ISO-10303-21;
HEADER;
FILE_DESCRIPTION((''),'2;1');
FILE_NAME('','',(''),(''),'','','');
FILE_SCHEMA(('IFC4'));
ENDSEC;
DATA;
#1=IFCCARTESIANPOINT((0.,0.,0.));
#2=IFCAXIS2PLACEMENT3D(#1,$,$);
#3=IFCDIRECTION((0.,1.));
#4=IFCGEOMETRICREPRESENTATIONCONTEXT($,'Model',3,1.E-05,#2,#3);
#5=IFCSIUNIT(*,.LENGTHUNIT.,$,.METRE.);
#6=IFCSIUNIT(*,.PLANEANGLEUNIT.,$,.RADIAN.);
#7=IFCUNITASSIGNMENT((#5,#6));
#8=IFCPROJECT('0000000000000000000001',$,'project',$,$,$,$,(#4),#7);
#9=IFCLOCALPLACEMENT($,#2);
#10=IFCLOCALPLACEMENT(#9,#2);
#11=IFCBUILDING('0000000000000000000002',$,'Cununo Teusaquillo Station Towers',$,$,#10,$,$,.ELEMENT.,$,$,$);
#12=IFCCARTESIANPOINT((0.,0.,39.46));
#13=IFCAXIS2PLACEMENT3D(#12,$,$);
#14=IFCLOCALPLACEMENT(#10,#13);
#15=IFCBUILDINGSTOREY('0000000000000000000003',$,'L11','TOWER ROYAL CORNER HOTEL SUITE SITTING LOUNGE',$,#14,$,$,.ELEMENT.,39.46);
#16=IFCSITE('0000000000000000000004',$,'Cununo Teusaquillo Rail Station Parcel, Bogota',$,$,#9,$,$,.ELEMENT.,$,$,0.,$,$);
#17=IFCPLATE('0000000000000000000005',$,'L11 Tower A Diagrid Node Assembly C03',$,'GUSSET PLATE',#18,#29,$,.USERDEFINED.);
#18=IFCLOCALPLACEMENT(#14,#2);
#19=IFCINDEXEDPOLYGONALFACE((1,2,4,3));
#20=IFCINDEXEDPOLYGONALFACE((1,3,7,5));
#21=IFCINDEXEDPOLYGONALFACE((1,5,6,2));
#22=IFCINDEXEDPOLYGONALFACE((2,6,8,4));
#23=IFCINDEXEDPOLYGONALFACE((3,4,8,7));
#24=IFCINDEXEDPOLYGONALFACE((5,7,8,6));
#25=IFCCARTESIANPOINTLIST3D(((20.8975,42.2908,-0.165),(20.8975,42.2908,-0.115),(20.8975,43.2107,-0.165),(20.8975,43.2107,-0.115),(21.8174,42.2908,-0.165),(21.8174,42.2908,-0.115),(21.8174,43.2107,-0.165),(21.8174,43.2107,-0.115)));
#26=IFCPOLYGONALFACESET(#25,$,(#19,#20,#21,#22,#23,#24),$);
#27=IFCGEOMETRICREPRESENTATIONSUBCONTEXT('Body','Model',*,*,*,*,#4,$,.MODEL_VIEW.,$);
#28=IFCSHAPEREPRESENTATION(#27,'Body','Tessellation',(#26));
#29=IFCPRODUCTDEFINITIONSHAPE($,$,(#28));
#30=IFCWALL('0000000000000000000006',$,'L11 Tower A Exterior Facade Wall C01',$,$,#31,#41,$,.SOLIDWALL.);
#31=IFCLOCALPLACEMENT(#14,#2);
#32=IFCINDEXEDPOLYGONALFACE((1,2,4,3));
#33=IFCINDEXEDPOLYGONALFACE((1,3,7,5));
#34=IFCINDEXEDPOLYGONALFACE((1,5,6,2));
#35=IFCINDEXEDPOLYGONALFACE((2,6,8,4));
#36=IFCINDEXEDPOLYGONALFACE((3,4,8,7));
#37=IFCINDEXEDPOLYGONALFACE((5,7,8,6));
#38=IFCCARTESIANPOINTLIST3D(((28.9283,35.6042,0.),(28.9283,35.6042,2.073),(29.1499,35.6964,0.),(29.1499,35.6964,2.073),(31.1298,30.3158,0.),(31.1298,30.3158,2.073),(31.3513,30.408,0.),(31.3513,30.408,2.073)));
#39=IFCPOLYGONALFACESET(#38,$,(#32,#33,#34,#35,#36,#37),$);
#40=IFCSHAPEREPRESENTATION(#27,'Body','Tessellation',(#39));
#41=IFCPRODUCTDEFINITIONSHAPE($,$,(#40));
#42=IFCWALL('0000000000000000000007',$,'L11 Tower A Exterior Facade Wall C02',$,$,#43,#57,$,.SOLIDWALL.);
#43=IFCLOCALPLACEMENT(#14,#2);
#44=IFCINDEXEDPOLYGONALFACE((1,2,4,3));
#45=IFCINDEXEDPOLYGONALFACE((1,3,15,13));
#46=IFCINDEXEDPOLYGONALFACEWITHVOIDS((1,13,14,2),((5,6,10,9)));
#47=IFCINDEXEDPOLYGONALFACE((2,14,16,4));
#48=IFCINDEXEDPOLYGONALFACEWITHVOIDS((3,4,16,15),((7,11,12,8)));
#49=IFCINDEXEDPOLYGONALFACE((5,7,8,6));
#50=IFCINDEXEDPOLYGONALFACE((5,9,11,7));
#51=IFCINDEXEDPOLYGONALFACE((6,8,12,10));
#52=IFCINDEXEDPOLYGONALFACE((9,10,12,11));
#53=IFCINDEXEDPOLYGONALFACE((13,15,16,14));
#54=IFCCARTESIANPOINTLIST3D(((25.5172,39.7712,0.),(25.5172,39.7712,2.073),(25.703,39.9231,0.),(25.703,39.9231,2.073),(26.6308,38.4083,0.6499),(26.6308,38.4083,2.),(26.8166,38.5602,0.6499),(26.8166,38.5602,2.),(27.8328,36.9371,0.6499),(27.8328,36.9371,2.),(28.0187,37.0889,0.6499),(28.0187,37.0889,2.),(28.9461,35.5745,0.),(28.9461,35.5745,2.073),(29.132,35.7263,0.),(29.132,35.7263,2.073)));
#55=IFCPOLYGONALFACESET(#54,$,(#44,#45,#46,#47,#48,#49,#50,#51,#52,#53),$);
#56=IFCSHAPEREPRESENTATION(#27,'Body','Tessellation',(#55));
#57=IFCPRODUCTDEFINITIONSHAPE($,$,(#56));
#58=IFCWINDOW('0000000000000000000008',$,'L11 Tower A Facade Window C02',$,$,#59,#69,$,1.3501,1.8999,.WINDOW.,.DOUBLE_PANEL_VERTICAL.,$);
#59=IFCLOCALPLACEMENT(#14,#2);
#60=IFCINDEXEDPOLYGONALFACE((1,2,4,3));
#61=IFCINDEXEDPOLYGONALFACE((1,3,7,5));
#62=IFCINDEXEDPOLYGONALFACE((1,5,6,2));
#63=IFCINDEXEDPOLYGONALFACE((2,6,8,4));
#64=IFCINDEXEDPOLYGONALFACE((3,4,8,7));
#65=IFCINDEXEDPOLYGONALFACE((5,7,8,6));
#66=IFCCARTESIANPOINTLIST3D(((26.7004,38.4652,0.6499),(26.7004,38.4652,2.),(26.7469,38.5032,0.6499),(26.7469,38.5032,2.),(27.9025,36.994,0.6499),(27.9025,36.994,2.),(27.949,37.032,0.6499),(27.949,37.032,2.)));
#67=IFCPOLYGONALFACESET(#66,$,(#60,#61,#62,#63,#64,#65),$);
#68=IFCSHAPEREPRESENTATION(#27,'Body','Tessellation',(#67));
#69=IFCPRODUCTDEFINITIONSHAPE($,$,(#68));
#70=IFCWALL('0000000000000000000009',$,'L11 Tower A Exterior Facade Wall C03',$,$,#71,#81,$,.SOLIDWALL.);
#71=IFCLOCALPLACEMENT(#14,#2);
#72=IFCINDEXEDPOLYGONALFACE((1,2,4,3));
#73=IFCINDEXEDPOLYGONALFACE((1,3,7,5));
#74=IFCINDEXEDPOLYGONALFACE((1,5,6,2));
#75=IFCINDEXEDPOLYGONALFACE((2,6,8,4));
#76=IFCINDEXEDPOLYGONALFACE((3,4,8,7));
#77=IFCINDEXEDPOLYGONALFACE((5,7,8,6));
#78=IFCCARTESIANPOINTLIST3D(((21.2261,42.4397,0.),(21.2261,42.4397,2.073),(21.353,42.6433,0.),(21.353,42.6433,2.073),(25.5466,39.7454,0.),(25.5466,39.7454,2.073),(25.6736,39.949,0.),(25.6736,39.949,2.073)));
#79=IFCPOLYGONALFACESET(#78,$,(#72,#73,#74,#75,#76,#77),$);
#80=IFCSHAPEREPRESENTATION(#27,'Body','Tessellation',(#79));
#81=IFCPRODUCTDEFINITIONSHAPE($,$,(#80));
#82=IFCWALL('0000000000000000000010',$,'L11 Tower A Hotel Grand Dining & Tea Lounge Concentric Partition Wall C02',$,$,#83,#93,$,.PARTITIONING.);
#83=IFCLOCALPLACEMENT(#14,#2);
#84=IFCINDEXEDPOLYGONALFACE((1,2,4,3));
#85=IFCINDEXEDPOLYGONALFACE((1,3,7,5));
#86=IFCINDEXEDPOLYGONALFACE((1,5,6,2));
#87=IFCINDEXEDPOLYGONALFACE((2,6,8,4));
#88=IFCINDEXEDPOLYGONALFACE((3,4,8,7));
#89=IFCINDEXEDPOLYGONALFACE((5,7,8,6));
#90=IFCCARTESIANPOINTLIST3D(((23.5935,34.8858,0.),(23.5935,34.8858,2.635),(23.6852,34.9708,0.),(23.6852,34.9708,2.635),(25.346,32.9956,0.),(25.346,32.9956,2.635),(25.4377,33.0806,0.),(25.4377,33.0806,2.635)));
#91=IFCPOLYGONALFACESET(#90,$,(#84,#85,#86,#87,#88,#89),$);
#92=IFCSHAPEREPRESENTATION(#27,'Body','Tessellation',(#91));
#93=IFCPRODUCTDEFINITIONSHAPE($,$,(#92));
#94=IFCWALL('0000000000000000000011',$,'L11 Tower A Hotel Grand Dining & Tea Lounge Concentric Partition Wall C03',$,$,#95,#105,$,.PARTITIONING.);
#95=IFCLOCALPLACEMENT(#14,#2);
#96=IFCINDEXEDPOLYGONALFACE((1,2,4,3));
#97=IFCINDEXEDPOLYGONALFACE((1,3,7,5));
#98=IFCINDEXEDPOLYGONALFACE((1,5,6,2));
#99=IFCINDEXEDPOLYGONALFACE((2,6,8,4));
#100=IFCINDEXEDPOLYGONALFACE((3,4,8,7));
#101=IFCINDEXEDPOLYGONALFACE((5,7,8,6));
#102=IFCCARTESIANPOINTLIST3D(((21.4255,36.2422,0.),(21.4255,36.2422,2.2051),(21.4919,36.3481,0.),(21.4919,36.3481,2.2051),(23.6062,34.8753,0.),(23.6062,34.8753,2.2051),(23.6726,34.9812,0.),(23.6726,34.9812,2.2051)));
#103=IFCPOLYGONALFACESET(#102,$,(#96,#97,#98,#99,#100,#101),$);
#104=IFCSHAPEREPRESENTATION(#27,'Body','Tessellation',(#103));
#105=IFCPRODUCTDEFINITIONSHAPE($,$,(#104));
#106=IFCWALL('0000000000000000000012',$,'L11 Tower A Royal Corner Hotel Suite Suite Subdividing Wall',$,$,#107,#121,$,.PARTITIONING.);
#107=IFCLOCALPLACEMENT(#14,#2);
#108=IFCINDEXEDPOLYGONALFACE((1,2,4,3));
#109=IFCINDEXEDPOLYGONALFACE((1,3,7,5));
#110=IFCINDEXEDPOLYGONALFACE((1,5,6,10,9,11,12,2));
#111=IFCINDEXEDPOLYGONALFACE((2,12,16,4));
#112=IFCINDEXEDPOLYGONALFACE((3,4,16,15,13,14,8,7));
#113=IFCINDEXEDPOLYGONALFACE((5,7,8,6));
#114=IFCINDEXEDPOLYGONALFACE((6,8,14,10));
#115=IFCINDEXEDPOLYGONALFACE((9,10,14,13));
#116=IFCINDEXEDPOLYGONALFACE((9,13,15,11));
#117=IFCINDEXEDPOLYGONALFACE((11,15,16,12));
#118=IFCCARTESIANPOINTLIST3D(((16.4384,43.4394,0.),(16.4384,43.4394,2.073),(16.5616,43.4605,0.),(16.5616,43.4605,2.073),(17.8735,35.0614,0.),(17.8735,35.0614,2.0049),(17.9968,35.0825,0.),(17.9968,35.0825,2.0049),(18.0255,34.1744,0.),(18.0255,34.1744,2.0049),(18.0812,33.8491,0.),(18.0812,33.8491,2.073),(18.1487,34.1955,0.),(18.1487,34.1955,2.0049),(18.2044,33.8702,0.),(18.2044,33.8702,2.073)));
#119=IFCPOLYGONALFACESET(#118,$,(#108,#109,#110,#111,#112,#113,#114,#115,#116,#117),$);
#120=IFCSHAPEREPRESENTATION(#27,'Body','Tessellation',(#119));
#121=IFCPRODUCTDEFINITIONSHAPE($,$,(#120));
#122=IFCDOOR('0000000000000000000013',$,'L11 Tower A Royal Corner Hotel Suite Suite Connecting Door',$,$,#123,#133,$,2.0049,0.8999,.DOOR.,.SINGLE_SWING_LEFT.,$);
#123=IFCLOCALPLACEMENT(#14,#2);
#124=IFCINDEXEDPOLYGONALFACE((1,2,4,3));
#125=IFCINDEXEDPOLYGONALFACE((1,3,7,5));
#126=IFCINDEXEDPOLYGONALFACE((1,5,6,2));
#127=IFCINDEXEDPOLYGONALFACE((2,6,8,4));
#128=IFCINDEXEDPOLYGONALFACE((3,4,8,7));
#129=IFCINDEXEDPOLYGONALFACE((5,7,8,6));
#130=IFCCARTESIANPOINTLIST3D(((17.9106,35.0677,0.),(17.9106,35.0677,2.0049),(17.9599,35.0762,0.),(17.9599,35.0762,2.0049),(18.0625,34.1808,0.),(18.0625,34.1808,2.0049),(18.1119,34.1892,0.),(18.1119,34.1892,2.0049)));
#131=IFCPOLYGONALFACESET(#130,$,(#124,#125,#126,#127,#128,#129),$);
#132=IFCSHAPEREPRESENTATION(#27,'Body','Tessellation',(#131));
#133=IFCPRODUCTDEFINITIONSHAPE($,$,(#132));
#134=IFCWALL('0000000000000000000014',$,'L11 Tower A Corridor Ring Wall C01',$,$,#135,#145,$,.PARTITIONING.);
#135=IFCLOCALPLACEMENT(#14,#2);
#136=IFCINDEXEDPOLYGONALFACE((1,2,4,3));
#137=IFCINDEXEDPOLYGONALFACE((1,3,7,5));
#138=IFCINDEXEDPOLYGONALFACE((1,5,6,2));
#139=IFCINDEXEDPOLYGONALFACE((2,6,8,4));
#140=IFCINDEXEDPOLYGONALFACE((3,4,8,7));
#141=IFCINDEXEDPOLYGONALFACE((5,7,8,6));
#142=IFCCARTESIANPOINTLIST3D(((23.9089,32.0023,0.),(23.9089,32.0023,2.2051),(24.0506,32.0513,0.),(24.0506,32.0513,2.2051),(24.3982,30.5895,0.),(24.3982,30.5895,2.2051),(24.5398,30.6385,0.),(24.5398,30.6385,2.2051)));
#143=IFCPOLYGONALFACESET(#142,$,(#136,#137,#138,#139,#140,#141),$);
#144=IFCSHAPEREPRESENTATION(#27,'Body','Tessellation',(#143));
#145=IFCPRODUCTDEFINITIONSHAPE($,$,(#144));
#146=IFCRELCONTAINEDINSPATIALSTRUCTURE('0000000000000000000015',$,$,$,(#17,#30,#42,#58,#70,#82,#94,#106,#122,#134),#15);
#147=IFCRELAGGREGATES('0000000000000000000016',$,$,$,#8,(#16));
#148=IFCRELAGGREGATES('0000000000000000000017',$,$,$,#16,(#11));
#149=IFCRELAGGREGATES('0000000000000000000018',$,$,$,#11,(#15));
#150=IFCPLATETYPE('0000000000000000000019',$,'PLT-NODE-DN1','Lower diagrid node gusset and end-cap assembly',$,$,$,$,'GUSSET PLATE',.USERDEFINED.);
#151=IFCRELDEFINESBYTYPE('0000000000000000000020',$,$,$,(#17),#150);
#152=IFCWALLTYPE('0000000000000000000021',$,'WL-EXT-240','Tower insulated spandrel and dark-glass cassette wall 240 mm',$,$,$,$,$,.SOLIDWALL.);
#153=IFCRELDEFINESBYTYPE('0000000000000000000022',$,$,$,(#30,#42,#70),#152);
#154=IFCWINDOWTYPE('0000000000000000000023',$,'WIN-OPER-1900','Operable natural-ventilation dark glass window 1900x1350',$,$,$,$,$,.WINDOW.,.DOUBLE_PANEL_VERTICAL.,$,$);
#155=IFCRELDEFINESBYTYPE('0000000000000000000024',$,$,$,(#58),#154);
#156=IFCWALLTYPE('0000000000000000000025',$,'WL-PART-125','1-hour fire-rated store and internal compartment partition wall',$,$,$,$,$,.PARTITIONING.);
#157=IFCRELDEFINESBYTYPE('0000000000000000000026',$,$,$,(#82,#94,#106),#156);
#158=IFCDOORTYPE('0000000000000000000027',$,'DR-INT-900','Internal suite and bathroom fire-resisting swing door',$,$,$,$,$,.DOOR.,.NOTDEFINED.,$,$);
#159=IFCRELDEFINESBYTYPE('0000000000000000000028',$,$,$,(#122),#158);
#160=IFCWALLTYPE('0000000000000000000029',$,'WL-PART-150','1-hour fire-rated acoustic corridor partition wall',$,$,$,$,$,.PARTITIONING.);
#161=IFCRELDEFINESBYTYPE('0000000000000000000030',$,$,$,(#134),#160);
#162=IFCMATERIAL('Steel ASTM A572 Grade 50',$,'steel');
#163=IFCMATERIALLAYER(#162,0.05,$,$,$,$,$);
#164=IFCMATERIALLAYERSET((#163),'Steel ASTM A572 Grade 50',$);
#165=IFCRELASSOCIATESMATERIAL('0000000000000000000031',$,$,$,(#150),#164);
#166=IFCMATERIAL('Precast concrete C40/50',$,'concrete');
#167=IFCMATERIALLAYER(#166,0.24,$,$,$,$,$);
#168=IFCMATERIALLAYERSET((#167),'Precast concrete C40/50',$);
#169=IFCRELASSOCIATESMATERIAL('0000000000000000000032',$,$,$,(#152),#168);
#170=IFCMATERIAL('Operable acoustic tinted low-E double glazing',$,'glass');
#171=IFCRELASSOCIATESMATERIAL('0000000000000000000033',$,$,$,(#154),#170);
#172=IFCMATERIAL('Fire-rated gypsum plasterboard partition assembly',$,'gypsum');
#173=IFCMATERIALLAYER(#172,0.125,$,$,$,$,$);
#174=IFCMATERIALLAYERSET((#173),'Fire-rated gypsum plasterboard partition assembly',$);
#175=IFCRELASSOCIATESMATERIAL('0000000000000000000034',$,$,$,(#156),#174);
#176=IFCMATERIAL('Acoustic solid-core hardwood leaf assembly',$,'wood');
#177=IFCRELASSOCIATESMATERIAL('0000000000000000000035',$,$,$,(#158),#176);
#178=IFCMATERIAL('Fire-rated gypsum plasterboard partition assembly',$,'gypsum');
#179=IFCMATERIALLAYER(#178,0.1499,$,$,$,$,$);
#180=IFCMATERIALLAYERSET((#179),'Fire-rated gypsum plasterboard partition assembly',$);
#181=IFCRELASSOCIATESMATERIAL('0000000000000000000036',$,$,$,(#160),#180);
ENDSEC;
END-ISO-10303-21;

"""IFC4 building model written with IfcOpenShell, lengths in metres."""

from ifc_helpers import new_model, si_unit, direction, frame, frame_2d, origin, origin_2d, place, context, subcontext, project, spatial, rectangle, extrude, source, transform, mapped, material, layer, layer_set, type_object, element, fill, save


model = new_model("IFC4")

# Units and contexts
model_context = context("Model", 3, precision=1e-05, world=origin(), true_north=direction((0.0, 1.0)))
body_context = subcontext(model_context, "Body", "Model", "MODEL_VIEW")
ifc_project = project(units=[si_unit("LENGTHUNIT", "METRE"), si_unit("PLANEANGLEUNIT", "RADIAN")], contexts=[model_context])

# Site, building, storey
site_placement = place(None, origin())
site = spatial("IfcSite", under=ifc_project, at=site_placement, Name="Cununo Teusaquillo Rail Station Parcel, Bogota", CompositionType="ELEMENT", RefElevation=0.0)
building_placement = place(site_placement, origin())
building = spatial("IfcBuilding", under=site, at=building_placement, Name="Cununo Teusaquillo Station Towers", CompositionType="ELEMENT")
storey_placement = place(building_placement, frame((0.0, 0.0, 39.46)))
storey = spatial("IfcBuildingStorey", under=building, at=storey_placement, Name="L11", Description="TOWER ROYAL CORNER HOTEL SUITE SITTING LOUNGE", CompositionType="ELEMENT", Elevation=39.46)

# Plate
ifc_material_1 = material(Name="Steel ASTM A572 Grade 50", Category="steel")
ifc_layer_1 = layer(ifc_material_1, 0.05)
ifc_layer_set_1 = layer_set([ifc_layer_1], Name="Steel ASTM A572 Grade 50")
plate_type = type_object("IfcPlateType", Name="PLT-NODE-DN1", Description="Lower diagrid node gusset and end-cap assembly", ElementType="GUSSET PLATE", PredefinedType="USERDEFINED", material=ifc_layer_set_1)
shared_shape_1 = source(origin(), body_context, "Body", "SweptSolid", [
    extrude(rectangle(XDim=0.9199, YDim=0.9199, at=origin_2d()), origin(), (0.0, 0.0, 1.0), 0.05),
])
plate_placement = place(storey_placement, frame((21.3574, 42.7507, -0.165), z_axis=(0.0, 0.0, 1.0), x_axis=(1.0, 0.0, 0.0)))
element("IfcPlate", 1, at=plate_placement, inside=storey, type_object=plate_type, Name="L11 Tower A Diagrid Node Assembly C03", ObjectType="GUSSET PLATE", PredefinedType="USERDEFINED", context=body_context, shape_type="MappedRepresentation", body=[
    mapped(shared_shape_1, transform((0.0, 0.0, 0.0), x_axis=(1.0, 0.0, 0.0), y_axis=(0.0, 1.0, 0.0), z_axis=(0.0, 0.0, 1.0), scale=1.0)),
])

# Wall
ifc_material_2 = material(Name="Precast concrete C40/50", Category="concrete")
ifc_layer_2 = layer(ifc_material_2, 0.24)
ifc_layer_set_2 = layer_set([ifc_layer_2], Name="Precast concrete C40/50")
wall_type_1 = type_object("IfcWallType", Name="WL-EXT-240", Description="Tower insulated spandrel and dark-glass cassette wall 240 mm", PredefinedType="SOLIDWALL", material=ifc_layer_set_2)
wall_1_placement = place(storey_placement, frame((29.0391, 35.6504, 0.0), z_axis=(0.0, 0.0, 1.0), x_axis=(0.38431, -0.923204, 0.0)))
element("IfcWall", 2, at=wall_1_placement, inside=storey, type_object=wall_type_1, Name="L11 Tower A Exterior Facade Wall C01", PredefinedType="SOLIDWALL", context=body_context, shape_type="SweptSolid", body=[
    extrude(rectangle(XDim=5.7283, YDim=0.24, at=frame_2d((2.8643, 0.0))), origin(), (0.0, 0.0, 1.0), 2.073),
])

# Wall, opening, window
wall_2_placement = place(storey_placement, frame((25.6101, 39.8472, 0.0), z_axis=(0.0, 0.0, 1.0), x_axis=(0.63271, -0.774389, 0.0)))
wall_2 = element("IfcWall", 3, at=wall_2_placement, inside=storey, type_object=wall_type_1, Name="L11 Tower A Exterior Facade Wall C02", PredefinedType="SOLIDWALL", context=body_context, shape_type="SweptSolid", body=[
    extrude(rectangle(XDim=5.4194, YDim=0.24, at=frame_2d((2.7097, 0.0))), origin(), (0.0, 0.0, 1.0), 2.073),
])
shared_shape_2 = source(origin(), body_context, "Body", "SweptSolid", [
    extrude(rectangle(XDim=1.8999, YDim=1.3501, at=frame_2d((0.95, 0.675))), frame((0.0, 0.1299, 0.0), z_axis=(0.0, -1.0, 0.0), x_axis=(1.0, 0.0, 0.0)), (0.0, 0.0, 1.0), 0.26),
])
opening_1_placement = place(wall_2_placement, frame((1.76, 0.0, 0.6499)))
opening_1 = element("IfcOpeningElement", 4, at=opening_1_placement, cuts=wall_2, PredefinedType="OPENING", context=body_context, shape_type="MappedRepresentation", body=[
    mapped(shared_shape_2, transform((0.0, 0.0, 0.0), x_axis=(1.0, 0.0, 0.0), y_axis=(0.0, 1.0, 0.0), z_axis=(0.0, 0.0, 1.0), scale=1.0)),
])
ifc_material_3 = material(Name="Operable acoustic tinted low-E double glazing", Category="glass")
window_type = type_object("IfcWindowType", Name="WIN-OPER-1900", Description="Operable natural-ventilation dark glass window 1900x1350", PartitioningType="DOUBLE_PANEL_VERTICAL", PredefinedType="WINDOW", material=ifc_material_3)
shared_shape_3 = source(origin(), body_context, "Body", "SweptSolid", [
    extrude(rectangle(XDim=1.8999, YDim=1.3501, at=frame_2d((0.95, 0.675))), frame((0.0, 0.03, 0.0), z_axis=(0.0, -1.0, 0.0), x_axis=(1.0, 0.0, 0.0)), (0.0, 0.0, 1.0), 0.0601),
])
window_placement = place(opening_1_placement, origin())
window = element("IfcWindow", 5, at=window_placement, inside=storey, type_object=window_type, Name="L11 Tower A Facade Window C02", OverallHeight=1.3501, OverallWidth=1.8999, PartitioningType="DOUBLE_PANEL_VERTICAL", PredefinedType="WINDOW", context=body_context, shape_type="MappedRepresentation", body=[
    mapped(shared_shape_3, transform((0.0, 0.0, 0.0), x_axis=(1.0, 0.0, 0.0), y_axis=(0.0, 1.0, 0.0), z_axis=(0.0, 0.0, 1.0), scale=1.0)),
])
fill(opening_1, window)

# Walls
wall_3_placement = place(storey_placement, frame((21.2896, 42.5415, 0.0), z_axis=(0.0, 0.0, 1.0), x_axis=(0.848529, -0.52915, 0.0)))
element("IfcWall", 6, at=wall_3_placement, inside=storey, type_object=wall_type_1, Name="L11 Tower A Exterior Facade Wall C03", PredefinedType="SOLIDWALL", context=body_context, shape_type="SweptSolid", body=[
    extrude(rectangle(XDim=5.0918, YDim=0.24, at=frame_2d((2.5459, 0.0))), origin(), (0.0, 0.0, 1.0), 2.073),
])
ifc_material_4 = material(Name="Fire-rated gypsum plasterboard partition assembly", Category="gypsum")
ifc_layer_3 = layer(ifc_material_4, 0.125)
ifc_layer_set_3 = layer_set([ifc_layer_3], Name="Fire-rated gypsum plasterboard partition assembly")
wall_type_2 = type_object("IfcWallType", Name="WL-PART-125", Description="1-hour fire-rated store and internal compartment partition wall", PredefinedType="PARTITIONING", material=ifc_layer_set_3)
wall_4_placement = place(storey_placement, frame((25.3918, 33.0381, 0.0), z_axis=(0.0, 0.0, 1.0), x_axis=(-0.679891, 0.733313, 0.0)))
element("IfcWall", 7, at=wall_4_placement, inside=storey, type_object=wall_type_2, Name="L11 Tower A Hotel Grand Dining & Tea Lounge Concentric Partition Wall C02", PredefinedType="PARTITIONING", context=body_context, shape_type="SweptSolid", body=[
    extrude(rectangle(XDim=2.5776, YDim=0.125, at=frame_2d((1.2888, 0.0))), origin(), (0.0, 0.0, 1.0), 2.635),
])
wall_5_placement = place(storey_placement, frame((23.6394, 34.9282, 0.0), z_axis=(0.0, 0.0, 1.0), x_axis=(-0.847294, 0.531124, 0.0)))
element("IfcWall", 8, at=wall_5_placement, inside=storey, type_object=wall_type_2, Name="L11 Tower A Hotel Grand Dining & Tea Lounge Concentric Partition Wall C03", PredefinedType="PARTITIONING", context=body_context, shape_type="SweptSolid", body=[
    extrude(rectangle(XDim=2.5737, YDim=0.125, at=frame_2d((1.2869, 0.0))), origin(), (0.0, 0.0, 1.0), 2.2051),
])

# Wall, opening, door
wall_6_placement = place(storey_placement, frame((18.1428, 33.8596, 0.0), z_axis=(0.0, 0.0, 1.0), x_axis=(-0.168841, 0.985643, 0.0)))
wall_6 = element("IfcWall", 9, at=wall_6_placement, inside=storey, type_object=wall_type_2, Name="L11 Tower A Royal Corner Hotel Suite Suite Subdividing Wall", PredefinedType="PARTITIONING", context=body_context, shape_type="SweptSolid", body=[
    extrude(rectangle(XDim=9.73, YDim=0.125, at=frame_2d((4.865, 0.0))), origin(), (0.0, 0.0, 1.0), 2.073),
])
shared_shape_4 = source(origin(), body_context, "Body", "SweptSolid", [
    extrude(rectangle(XDim=0.8999, YDim=2.0049, at=frame_2d((0.45, 1.0024))), frame((0.0, 0.0725, 0.0), z_axis=(0.0, -1.0, 0.0), x_axis=(1.0, 0.0, 0.0)), (0.0, 0.0, 1.0), 0.145),
])
opening_2_placement = place(wall_6_placement, frame((0.3301, 0.0, 0.0)))
opening_2 = element("IfcOpeningElement", 10, at=opening_2_placement, cuts=wall_6, PredefinedType="OPENING", context=body_context, shape_type="MappedRepresentation", body=[
    mapped(shared_shape_4, transform((0.0, 0.0, 0.0), x_axis=(1.0, 0.0, 0.0), y_axis=(0.0, 1.0, 0.0), z_axis=(0.0, 0.0, 1.0), scale=1.0)),
])
ifc_material_5 = material(Name="Acoustic solid-core hardwood leaf assembly", Category="wood")
door_type_1 = type_object("IfcDoorType", Name="DR-INT-900", Description="Internal suite and bathroom fire-resisting swing door", OperationType="NOTDEFINED", PredefinedType="DOOR", material=ifc_material_5)
shared_shape_5 = source(origin(), body_context, "Body", "SweptSolid", [
    extrude(rectangle(XDim=0.8999, YDim=2.0049, at=frame_2d((0.45, 1.0024))), frame((0.0, 0.0249, 0.0), z_axis=(0.0, -1.0, 0.0), x_axis=(1.0, 0.0, 0.0)), (0.0, 0.0, 1.0), 0.05),
])
door_1_placement = place(opening_2_placement, origin())
door_1 = element("IfcDoor", 11, at=door_1_placement, inside=storey, type_object=door_type_1, Name="L11 Tower A Royal Corner Hotel Suite Suite Connecting Door", OperationType="SINGLE_SWING_LEFT", OverallHeight=2.0049, OverallWidth=0.8999, PredefinedType="DOOR", context=body_context, shape_type="MappedRepresentation", body=[
    mapped(shared_shape_5, transform((0.0, 0.0, 0.0), x_axis=(1.0, 0.0, 0.0), y_axis=(0.0, 1.0, 0.0), z_axis=(0.0, 0.0, 1.0), scale=1.0)),
])
fill(opening_2, door_1)

# Wall
ifc_material_6 = material(Name="Fire-rated gypsum plasterboard partition assembly", Category="gypsum")
ifc_layer_4 = layer(ifc_material_6, 0.1499)
ifc_layer_set_4 = layer_set([ifc_layer_4], Name="Fire-rated gypsum plasterboard partition assembly")
wall_type_3 = type_object("IfcWallType", Name="WL-PART-150", Description="1-hour fire-rated acoustic corridor partition wall", PredefinedType="PARTITIONING", material=ifc_layer_set_4)
wall_7_placement = place(storey_placement, frame((24.469, 30.614, 0.0), z_axis=(0.0, 0.0, 1.0), x_axis=(-0.327228, 0.944945, 0.0)))
element("IfcWall", 12, at=wall_7_placement, inside=storey, type_object=wall_type_3, Name="L11 Tower A Corridor Ring Wall C01", PredefinedType="PARTITIONING", context=body_context, shape_type="SweptSolid", body=[
    extrude(rectangle(XDim=1.4951, YDim=0.1499, at=frame_2d((0.7476, 0.0))), origin(), (0.0, 0.0, 1.0), 2.2051),
])

save(model, "model.ifc")
